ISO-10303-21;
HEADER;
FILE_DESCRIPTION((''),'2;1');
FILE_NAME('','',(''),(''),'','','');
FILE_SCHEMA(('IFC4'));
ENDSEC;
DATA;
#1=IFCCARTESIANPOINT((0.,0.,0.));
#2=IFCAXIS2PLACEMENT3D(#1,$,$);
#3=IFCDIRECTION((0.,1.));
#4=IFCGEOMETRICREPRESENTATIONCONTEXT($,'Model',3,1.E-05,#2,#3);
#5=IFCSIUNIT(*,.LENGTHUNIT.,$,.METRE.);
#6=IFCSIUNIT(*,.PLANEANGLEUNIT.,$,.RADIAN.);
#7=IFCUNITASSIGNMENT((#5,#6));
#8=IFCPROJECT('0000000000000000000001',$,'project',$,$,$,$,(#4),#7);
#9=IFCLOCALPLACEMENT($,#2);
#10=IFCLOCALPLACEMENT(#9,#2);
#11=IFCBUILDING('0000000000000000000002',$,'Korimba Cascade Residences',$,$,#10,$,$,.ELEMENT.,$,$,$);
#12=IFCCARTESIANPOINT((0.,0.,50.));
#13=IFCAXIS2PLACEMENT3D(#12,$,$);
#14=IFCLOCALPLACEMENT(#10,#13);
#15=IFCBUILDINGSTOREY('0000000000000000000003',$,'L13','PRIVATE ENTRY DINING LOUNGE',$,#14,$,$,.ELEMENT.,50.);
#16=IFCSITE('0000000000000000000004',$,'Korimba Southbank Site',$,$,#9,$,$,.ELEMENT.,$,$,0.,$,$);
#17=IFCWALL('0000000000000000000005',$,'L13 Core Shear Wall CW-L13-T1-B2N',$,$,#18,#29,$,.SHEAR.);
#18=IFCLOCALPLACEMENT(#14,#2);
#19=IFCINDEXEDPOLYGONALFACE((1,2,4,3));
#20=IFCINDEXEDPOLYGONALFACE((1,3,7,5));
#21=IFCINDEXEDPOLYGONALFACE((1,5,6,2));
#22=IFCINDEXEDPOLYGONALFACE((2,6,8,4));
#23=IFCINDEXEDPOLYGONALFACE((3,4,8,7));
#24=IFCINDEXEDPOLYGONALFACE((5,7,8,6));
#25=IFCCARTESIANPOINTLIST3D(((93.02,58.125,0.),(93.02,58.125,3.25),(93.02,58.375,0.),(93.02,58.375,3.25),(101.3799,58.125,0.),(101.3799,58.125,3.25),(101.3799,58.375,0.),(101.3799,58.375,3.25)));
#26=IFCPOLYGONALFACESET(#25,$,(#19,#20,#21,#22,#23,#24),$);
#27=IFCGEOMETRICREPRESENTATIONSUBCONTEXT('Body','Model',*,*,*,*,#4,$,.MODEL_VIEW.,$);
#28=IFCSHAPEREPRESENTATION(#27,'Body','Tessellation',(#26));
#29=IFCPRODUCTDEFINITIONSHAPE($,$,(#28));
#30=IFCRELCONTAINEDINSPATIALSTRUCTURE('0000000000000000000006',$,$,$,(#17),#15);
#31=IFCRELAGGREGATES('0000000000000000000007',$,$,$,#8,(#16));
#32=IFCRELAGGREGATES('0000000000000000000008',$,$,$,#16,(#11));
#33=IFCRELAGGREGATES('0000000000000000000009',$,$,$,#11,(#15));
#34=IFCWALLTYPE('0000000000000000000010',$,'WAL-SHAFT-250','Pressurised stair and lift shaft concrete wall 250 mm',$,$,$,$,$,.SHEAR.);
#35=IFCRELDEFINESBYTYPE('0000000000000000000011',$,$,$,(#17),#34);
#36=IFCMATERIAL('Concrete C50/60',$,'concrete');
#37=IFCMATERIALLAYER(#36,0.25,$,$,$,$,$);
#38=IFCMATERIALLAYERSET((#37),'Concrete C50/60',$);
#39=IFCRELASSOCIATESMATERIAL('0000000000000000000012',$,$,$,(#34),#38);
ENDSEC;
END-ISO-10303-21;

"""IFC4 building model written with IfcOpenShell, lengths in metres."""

from ifc_helpers import new_model, si_unit, direction, frame, frame_2d, origin, place, context, subcontext, project, spatial, rectangle, extrude, material, layer, layer_set, type_object, element, save


model = new_model("IFC4")

# Units and contexts
model_context = context("Model", 3, precision=1e-05, world=origin(), true_north=direction((0.0, 1.0)))
body_context = subcontext(model_context, "Body", "Model", "MODEL_VIEW")
ifc_project = project(units=[si_unit("LENGTHUNIT", "METRE"), si_unit("PLANEANGLEUNIT", "RADIAN")], contexts=[model_context])

# Site, building, storey
site_placement = place(None, origin())
site = spatial("IfcSite", under=ifc_project, at=site_placement, Name="Korimba Southbank Site", CompositionType="ELEMENT", RefElevation=0.0)
building_placement = place(site_placement, origin())
building = spatial("IfcBuilding", under=site, at=building_placement, Name="Korimba Cascade Residences", CompositionType="ELEMENT")
storey_placement = place(building_placement, frame((0.0, 0.0, 50.0)))
storey = spatial("IfcBuildingStorey", under=building, at=storey_placement, Name="L13", Description="PRIVATE ENTRY DINING LOUNGE", CompositionType="ELEMENT", Elevation=50.0)

# Shared definitions
ifc_material_1 = material(Name="Concrete C50/60", Category="concrete")

# Wall
ifc_layer_1 = layer(ifc_material_1, 0.25)
ifc_layer_set_1 = layer_set([ifc_layer_1], Name="Concrete C50/60")
wall_type_1 = type_object("IfcWallType", Name="WAL-SHAFT-250", Description="Pressurised stair and lift shaft concrete wall 250 mm", PredefinedType="SHEAR", material=ifc_layer_set_1)
wall_1_placement = place(storey_placement, frame((93.02, 58.25, 0.0), z_axis=(0.0, 0.0, 1.0), x_axis=(1.0, 0.0, 0.0)))
element("IfcWall", 1, at=wall_1_placement, inside=storey, type_object=wall_type_1, Name="L13 Core Shear Wall CW-L13-T1-B2N", PredefinedType="SHEAR", context=body_context, shape_type="SweptSolid", body=[
    extrude(rectangle(XDim=8.3599, YDim=0.25, at=frame_2d((4.1799, 0.0))), origin(), (0.0, 0.0, 1.0), 3.25),
])

save(model, "model.ifc")
